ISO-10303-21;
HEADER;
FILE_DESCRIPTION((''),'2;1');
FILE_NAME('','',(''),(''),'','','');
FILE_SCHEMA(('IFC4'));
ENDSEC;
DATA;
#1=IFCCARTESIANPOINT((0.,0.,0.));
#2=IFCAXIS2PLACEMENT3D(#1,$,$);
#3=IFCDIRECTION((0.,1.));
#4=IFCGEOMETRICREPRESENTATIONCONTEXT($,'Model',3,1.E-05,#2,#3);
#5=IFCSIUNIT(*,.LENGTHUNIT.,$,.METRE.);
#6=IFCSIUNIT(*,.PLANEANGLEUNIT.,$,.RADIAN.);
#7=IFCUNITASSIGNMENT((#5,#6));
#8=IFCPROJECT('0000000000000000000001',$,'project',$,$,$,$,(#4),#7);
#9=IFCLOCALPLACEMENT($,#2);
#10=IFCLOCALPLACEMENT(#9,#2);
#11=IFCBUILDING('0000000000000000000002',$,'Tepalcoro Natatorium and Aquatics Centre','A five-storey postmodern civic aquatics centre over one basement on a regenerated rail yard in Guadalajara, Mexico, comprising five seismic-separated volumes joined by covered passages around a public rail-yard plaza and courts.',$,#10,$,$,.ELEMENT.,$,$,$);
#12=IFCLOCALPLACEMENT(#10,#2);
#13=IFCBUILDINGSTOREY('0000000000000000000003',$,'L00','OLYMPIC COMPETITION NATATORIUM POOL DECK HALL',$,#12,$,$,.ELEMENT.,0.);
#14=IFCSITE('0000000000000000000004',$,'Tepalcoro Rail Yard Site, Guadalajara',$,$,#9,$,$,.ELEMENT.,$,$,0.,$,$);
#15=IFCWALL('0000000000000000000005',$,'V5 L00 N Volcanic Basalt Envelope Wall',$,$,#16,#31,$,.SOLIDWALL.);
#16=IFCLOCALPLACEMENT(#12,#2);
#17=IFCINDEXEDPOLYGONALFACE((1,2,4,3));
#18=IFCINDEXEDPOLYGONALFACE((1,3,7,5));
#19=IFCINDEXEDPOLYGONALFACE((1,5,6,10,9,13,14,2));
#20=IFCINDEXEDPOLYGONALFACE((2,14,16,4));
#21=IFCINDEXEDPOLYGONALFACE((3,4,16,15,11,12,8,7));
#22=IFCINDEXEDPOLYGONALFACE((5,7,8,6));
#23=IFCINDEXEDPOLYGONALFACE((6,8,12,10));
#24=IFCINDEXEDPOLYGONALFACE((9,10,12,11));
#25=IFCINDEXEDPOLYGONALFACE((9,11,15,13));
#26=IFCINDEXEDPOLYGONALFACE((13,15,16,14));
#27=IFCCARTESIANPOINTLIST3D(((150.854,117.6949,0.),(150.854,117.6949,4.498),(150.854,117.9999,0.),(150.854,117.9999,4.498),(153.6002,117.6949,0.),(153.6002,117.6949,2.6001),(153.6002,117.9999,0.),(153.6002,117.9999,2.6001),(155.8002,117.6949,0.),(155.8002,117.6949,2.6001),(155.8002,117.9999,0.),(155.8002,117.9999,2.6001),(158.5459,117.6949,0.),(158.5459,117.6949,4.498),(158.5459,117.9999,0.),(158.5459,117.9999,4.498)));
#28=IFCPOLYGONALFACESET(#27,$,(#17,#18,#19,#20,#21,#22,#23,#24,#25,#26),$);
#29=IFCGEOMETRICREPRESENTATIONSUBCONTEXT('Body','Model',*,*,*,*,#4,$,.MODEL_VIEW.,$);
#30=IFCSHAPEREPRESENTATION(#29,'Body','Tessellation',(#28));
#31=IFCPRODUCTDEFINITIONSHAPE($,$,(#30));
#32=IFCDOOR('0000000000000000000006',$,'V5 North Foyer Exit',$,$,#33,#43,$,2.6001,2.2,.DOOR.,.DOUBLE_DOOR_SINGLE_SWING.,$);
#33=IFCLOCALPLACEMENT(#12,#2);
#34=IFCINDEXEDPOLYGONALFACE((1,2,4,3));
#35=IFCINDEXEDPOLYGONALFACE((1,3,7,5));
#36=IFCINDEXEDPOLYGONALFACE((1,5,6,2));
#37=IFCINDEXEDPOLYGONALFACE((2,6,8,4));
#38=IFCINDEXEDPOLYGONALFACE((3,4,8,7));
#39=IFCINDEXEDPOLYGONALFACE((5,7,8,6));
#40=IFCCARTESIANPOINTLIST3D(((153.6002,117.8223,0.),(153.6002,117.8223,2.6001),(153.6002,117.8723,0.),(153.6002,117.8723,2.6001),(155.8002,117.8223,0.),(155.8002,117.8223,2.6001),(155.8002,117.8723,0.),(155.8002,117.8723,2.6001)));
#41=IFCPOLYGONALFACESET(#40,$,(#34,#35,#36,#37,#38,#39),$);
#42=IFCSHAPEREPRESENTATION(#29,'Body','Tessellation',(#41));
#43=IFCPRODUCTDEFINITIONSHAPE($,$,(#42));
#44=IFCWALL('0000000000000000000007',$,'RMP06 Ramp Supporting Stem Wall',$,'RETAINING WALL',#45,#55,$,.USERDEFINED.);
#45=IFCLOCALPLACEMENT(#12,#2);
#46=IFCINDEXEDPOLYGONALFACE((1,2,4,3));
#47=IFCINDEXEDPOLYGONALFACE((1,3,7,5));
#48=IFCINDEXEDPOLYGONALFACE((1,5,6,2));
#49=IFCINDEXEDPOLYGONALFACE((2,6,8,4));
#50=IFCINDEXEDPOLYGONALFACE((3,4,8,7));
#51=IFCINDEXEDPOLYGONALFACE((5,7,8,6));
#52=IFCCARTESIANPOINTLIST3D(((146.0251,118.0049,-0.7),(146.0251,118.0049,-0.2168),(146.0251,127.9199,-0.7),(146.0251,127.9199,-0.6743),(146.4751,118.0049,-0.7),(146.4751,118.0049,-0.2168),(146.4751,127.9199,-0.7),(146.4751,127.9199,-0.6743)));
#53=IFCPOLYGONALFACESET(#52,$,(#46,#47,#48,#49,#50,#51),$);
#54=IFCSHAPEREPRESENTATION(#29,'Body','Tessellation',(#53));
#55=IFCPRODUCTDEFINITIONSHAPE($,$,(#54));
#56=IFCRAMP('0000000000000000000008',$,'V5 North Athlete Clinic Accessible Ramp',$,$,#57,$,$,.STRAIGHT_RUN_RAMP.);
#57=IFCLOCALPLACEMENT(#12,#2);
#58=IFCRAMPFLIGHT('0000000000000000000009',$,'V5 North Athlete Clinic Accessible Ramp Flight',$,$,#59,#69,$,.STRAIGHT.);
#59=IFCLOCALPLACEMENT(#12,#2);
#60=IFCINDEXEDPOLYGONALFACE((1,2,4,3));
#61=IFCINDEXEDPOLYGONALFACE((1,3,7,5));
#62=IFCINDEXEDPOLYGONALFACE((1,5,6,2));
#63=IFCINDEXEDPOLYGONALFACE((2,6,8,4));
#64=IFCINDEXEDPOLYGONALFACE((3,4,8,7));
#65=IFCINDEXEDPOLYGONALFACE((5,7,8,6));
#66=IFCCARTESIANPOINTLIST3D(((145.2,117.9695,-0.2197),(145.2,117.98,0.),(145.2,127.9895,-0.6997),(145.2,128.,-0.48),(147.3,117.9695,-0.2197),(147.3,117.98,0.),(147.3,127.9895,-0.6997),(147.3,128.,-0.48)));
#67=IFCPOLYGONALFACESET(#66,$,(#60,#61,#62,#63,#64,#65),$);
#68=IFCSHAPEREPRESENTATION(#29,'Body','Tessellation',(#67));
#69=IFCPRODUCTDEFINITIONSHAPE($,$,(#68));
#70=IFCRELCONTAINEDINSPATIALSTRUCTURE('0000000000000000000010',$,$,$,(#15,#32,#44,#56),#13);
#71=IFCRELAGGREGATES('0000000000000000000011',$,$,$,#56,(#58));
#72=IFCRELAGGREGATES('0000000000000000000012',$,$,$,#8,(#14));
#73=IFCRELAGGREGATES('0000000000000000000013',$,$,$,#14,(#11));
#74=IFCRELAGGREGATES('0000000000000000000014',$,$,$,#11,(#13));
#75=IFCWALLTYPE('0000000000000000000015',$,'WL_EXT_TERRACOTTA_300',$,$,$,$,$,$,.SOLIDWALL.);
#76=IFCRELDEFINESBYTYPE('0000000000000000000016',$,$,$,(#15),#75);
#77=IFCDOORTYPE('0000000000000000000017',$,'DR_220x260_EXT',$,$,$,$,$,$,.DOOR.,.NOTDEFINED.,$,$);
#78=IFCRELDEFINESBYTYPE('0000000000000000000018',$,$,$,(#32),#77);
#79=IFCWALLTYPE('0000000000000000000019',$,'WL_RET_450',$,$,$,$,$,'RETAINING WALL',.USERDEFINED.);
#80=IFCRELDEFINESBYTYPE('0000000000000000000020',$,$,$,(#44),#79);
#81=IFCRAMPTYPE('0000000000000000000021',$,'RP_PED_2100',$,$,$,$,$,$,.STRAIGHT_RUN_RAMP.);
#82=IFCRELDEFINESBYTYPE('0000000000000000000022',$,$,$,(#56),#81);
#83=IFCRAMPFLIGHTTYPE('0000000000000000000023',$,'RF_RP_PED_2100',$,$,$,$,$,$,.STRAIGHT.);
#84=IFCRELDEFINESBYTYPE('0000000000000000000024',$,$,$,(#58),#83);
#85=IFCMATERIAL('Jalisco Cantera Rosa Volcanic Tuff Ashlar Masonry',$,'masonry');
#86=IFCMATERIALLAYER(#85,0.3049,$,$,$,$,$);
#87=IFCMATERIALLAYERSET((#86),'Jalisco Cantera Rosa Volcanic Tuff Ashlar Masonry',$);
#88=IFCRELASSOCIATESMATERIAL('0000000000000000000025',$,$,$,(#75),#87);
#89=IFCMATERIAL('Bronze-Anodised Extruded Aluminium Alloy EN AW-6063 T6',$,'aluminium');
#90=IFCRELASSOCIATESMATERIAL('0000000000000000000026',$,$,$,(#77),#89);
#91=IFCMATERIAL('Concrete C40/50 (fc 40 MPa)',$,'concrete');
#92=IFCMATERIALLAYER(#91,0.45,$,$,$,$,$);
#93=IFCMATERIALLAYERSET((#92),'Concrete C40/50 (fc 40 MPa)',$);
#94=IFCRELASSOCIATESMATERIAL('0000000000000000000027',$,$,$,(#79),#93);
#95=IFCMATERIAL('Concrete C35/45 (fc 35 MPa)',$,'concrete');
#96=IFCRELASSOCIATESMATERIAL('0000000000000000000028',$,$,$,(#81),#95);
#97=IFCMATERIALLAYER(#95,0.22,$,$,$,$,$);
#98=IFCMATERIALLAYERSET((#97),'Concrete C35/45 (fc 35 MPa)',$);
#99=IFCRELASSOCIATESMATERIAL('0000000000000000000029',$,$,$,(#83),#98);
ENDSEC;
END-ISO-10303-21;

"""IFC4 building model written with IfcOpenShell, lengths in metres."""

from ifc_helpers import new_model, si_unit, direction, frame, frame_2d, origin, place, context, subcontext, project, spatial, polyline, rectangle, outline, extrude, material, layer, layer_set, type_object, element, fill, aggregate, save


model = new_model("IFC4")

# Units and contexts
model_context = context("Model", 3, precision=1e-05, world=origin(), true_north=direction((0.0, 1.0)))
body_context = subcontext(model_context, "Body", "Model", "MODEL_VIEW")
ifc_project = project(units=[si_unit("LENGTHUNIT", "METRE"), si_unit("PLANEANGLEUNIT", "RADIAN")], contexts=[model_context])

# Site, building, storey
site_placement = place(None, origin())
site = spatial("IfcSite", under=ifc_project, at=site_placement, Name="Tepalcoro Rail Yard Site, Guadalajara", CompositionType="ELEMENT", RefElevation=0.0)
building_placement = place(site_placement, origin())
building = spatial("IfcBuilding", under=site, at=building_placement, Name="Tepalcoro Natatorium and Aquatics Centre", Description="A five-storey postmodern civic aquatics centre over one basement on a regenerated rail yard in Guadalajara, Mexico, comprising five seismic-separated volumes joined by covered passages around a public rail-yard plaza and courts.", CompositionType="ELEMENT")
storey_placement = place(building_placement, origin())
storey = spatial("IfcBuildingStorey", under=building, at=storey_placement, Name="L00", Description="OLYMPIC COMPETITION NATATORIUM POOL DECK HALL", CompositionType="ELEMENT", Elevation=0.0)

# Shared definitions
ifc_material_1 = material(Name="Concrete C40/50 (fc 40 MPa)", Category="concrete")

# Shared definitions
ifc_material_2 = material(Name="Bronze-Anodised Extruded Aluminium Alloy EN AW-6063 T6", Category="aluminium")

# Shared definitions
ifc_material_3 = material(Name="Jalisco Cantera Rosa Volcanic Tuff Ashlar Masonry", Category="masonry")

# Wall, opening, door
ifc_layer_1 = layer(ifc_material_3, 0.3049)
ifc_layer_set_1 = layer_set([ifc_layer_1], Name="Jalisco Cantera Rosa Volcanic Tuff Ashlar Masonry")
wall_type_1 = type_object("IfcWallType", Name="WL_EXT_TERRACOTTA_300", PredefinedType="SOLIDWALL", material=ifc_layer_set_1)
wall_1_placement = place(storey_placement, frame((150.854, 117.8474, 0.0), z_axis=(0.0, 0.0, 1.0), x_axis=(1.0, 0.0, 0.0)))
wall_1 = element("IfcWall", 1, at=wall_1_placement, inside=storey, type_object=wall_type_1, Name="V5 L00 N Volcanic Basalt Envelope Wall", PredefinedType="SOLIDWALL", context=body_context, shape_type="SweptSolid", body=[
    extrude(rectangle(XDim=7.6919, YDim=0.3049, at=frame_2d((3.8459, 0.0))), origin(), (0.0, 0.0, 1.0), 4.498),
])
opening_1_placement = place(wall_1_placement, frame((2.7461, 0.0, 0.0)))
opening_1 = element("IfcOpeningElement", 2, at=opening_1_placement, cuts=wall_1, PredefinedType="OPENING", context=body_context, shape_type="SweptSolid", body=[
    extrude(rectangle(XDim=2.2, YDim=2.6001, at=frame_2d((1.1001, 1.3))), frame((0.0, 0.1646, 0.0), z_axis=(0.0, -1.0, 0.0), x_axis=(1.0, 0.0, 0.0)), (0.0, 0.0, 1.0), 0.3289),
])
door_type_1 = type_object("IfcDoorType", Name="DR_220x260_EXT", OperationType="NOTDEFINED", PredefinedType="DOOR", material=ifc_material_2)
door_1_placement = place(opening_1_placement, origin())
door_1 = element("IfcDoor", 3, at=door_1_placement, inside=storey, type_object=door_type_1, Name="V5 North Foyer Exit", OperationType="DOUBLE_DOOR_SINGLE_SWING", OverallHeight=2.6001, OverallWidth=2.2, PredefinedType="DOOR", context=body_context, shape_type="SweptSolid", body=[
    extrude(rectangle(XDim=2.2, YDim=2.6001, at=frame_2d((1.1001, 1.3))), frame((0.0, 0.0249, 0.0), z_axis=(0.0, -1.0, 0.0), x_axis=(1.0, 0.0, 0.0)), (0.0, 0.0, 1.0), 0.05),
])
fill(opening_1, door_1)

# Wall
ifc_layer_2 = layer(ifc_material_1, 0.45)
ifc_layer_set_2 = layer_set([ifc_layer_2], Name="Concrete C40/50 (fc 40 MPa)")
wall_type_2 = type_object("IfcWallType", Name="WL_RET_450", ElementType="RETAINING WALL", PredefinedType="USERDEFINED", material=ifc_layer_set_2)
wall_2_placement = place(storey_placement, frame((146.25, 127.9199, -0.7), z_axis=(0.0, 0.0, 1.0), x_axis=(0.0, -1.0, 0.0)))
element("IfcWall", 4, at=wall_2_placement, inside=storey, type_object=wall_type_2, Name="RMP06 Ramp Supporting Stem Wall", ObjectType="RETAINING WALL", PredefinedType="USERDEFINED", context=body_context, shape_type="SweptSolid", body=[
    extrude(outline(polyline([(0.0, 0.0), (9.915, 0.0), (9.915, 0.4832), (0.0, 0.0256), (0.0, 0.0)])), frame((0.0, 0.2251, 0.0), z_axis=(0.0, -1.0, 0.0), x_axis=(1.0, 0.0, 0.0)), (0.0, 0.0, 1.0), 0.45),
])

# Ramp, ramp flight
ifc_material_4 = material(Name="Concrete C35/45 (fc 35 MPa)", Category="concrete")
ramp_type = type_object("IfcRampType", Name="RP_PED_2100", PredefinedType="STRAIGHT_RUN_RAMP", material=ifc_material_4)
ramp_placement = place(storey_placement, origin())
ramp = element("IfcRamp", 5, at=ramp_placement, inside=storey, type_object=ramp_type, Name="V5 North Athlete Clinic Accessible Ramp", PredefinedType="STRAIGHT_RUN_RAMP")
ifc_layer_3 = layer(ifc_material_4, 0.22)
ifc_layer_set_3 = layer_set([ifc_layer_3], Name="Concrete C35/45 (fc 35 MPa)")
ramp_flight_type = type_object("IfcRampFlightType", Name="RF_RP_PED_2100", PredefinedType="STRAIGHT", material=ifc_layer_set_3)
ramp_flight_placement = place(storey_placement, frame((145.2, 128.0, -0.48), z_axis=(0.0, 0.047847, 0.998855), x_axis=(0.0, -0.998855, 0.047847)))
ramp_flight = element("IfcRampFlight", 6, at=ramp_flight_placement, type_object=ramp_flight_type, Name="V5 North Athlete Clinic Accessible Ramp Flight", PredefinedType="STRAIGHT", context=body_context, shape_type="SweptSolid", body=[
    extrude(outline(polyline([(0.0, 0.0), (10.0315, 0.0), (10.0315, 2.1001), (0.0, 2.1001), (0.0, 0.0)])), origin(), (0.0, 0.0, -1.0), 0.22),
])
aggregate(ramp, [ramp_flight])

save(model, "model.ifc")
